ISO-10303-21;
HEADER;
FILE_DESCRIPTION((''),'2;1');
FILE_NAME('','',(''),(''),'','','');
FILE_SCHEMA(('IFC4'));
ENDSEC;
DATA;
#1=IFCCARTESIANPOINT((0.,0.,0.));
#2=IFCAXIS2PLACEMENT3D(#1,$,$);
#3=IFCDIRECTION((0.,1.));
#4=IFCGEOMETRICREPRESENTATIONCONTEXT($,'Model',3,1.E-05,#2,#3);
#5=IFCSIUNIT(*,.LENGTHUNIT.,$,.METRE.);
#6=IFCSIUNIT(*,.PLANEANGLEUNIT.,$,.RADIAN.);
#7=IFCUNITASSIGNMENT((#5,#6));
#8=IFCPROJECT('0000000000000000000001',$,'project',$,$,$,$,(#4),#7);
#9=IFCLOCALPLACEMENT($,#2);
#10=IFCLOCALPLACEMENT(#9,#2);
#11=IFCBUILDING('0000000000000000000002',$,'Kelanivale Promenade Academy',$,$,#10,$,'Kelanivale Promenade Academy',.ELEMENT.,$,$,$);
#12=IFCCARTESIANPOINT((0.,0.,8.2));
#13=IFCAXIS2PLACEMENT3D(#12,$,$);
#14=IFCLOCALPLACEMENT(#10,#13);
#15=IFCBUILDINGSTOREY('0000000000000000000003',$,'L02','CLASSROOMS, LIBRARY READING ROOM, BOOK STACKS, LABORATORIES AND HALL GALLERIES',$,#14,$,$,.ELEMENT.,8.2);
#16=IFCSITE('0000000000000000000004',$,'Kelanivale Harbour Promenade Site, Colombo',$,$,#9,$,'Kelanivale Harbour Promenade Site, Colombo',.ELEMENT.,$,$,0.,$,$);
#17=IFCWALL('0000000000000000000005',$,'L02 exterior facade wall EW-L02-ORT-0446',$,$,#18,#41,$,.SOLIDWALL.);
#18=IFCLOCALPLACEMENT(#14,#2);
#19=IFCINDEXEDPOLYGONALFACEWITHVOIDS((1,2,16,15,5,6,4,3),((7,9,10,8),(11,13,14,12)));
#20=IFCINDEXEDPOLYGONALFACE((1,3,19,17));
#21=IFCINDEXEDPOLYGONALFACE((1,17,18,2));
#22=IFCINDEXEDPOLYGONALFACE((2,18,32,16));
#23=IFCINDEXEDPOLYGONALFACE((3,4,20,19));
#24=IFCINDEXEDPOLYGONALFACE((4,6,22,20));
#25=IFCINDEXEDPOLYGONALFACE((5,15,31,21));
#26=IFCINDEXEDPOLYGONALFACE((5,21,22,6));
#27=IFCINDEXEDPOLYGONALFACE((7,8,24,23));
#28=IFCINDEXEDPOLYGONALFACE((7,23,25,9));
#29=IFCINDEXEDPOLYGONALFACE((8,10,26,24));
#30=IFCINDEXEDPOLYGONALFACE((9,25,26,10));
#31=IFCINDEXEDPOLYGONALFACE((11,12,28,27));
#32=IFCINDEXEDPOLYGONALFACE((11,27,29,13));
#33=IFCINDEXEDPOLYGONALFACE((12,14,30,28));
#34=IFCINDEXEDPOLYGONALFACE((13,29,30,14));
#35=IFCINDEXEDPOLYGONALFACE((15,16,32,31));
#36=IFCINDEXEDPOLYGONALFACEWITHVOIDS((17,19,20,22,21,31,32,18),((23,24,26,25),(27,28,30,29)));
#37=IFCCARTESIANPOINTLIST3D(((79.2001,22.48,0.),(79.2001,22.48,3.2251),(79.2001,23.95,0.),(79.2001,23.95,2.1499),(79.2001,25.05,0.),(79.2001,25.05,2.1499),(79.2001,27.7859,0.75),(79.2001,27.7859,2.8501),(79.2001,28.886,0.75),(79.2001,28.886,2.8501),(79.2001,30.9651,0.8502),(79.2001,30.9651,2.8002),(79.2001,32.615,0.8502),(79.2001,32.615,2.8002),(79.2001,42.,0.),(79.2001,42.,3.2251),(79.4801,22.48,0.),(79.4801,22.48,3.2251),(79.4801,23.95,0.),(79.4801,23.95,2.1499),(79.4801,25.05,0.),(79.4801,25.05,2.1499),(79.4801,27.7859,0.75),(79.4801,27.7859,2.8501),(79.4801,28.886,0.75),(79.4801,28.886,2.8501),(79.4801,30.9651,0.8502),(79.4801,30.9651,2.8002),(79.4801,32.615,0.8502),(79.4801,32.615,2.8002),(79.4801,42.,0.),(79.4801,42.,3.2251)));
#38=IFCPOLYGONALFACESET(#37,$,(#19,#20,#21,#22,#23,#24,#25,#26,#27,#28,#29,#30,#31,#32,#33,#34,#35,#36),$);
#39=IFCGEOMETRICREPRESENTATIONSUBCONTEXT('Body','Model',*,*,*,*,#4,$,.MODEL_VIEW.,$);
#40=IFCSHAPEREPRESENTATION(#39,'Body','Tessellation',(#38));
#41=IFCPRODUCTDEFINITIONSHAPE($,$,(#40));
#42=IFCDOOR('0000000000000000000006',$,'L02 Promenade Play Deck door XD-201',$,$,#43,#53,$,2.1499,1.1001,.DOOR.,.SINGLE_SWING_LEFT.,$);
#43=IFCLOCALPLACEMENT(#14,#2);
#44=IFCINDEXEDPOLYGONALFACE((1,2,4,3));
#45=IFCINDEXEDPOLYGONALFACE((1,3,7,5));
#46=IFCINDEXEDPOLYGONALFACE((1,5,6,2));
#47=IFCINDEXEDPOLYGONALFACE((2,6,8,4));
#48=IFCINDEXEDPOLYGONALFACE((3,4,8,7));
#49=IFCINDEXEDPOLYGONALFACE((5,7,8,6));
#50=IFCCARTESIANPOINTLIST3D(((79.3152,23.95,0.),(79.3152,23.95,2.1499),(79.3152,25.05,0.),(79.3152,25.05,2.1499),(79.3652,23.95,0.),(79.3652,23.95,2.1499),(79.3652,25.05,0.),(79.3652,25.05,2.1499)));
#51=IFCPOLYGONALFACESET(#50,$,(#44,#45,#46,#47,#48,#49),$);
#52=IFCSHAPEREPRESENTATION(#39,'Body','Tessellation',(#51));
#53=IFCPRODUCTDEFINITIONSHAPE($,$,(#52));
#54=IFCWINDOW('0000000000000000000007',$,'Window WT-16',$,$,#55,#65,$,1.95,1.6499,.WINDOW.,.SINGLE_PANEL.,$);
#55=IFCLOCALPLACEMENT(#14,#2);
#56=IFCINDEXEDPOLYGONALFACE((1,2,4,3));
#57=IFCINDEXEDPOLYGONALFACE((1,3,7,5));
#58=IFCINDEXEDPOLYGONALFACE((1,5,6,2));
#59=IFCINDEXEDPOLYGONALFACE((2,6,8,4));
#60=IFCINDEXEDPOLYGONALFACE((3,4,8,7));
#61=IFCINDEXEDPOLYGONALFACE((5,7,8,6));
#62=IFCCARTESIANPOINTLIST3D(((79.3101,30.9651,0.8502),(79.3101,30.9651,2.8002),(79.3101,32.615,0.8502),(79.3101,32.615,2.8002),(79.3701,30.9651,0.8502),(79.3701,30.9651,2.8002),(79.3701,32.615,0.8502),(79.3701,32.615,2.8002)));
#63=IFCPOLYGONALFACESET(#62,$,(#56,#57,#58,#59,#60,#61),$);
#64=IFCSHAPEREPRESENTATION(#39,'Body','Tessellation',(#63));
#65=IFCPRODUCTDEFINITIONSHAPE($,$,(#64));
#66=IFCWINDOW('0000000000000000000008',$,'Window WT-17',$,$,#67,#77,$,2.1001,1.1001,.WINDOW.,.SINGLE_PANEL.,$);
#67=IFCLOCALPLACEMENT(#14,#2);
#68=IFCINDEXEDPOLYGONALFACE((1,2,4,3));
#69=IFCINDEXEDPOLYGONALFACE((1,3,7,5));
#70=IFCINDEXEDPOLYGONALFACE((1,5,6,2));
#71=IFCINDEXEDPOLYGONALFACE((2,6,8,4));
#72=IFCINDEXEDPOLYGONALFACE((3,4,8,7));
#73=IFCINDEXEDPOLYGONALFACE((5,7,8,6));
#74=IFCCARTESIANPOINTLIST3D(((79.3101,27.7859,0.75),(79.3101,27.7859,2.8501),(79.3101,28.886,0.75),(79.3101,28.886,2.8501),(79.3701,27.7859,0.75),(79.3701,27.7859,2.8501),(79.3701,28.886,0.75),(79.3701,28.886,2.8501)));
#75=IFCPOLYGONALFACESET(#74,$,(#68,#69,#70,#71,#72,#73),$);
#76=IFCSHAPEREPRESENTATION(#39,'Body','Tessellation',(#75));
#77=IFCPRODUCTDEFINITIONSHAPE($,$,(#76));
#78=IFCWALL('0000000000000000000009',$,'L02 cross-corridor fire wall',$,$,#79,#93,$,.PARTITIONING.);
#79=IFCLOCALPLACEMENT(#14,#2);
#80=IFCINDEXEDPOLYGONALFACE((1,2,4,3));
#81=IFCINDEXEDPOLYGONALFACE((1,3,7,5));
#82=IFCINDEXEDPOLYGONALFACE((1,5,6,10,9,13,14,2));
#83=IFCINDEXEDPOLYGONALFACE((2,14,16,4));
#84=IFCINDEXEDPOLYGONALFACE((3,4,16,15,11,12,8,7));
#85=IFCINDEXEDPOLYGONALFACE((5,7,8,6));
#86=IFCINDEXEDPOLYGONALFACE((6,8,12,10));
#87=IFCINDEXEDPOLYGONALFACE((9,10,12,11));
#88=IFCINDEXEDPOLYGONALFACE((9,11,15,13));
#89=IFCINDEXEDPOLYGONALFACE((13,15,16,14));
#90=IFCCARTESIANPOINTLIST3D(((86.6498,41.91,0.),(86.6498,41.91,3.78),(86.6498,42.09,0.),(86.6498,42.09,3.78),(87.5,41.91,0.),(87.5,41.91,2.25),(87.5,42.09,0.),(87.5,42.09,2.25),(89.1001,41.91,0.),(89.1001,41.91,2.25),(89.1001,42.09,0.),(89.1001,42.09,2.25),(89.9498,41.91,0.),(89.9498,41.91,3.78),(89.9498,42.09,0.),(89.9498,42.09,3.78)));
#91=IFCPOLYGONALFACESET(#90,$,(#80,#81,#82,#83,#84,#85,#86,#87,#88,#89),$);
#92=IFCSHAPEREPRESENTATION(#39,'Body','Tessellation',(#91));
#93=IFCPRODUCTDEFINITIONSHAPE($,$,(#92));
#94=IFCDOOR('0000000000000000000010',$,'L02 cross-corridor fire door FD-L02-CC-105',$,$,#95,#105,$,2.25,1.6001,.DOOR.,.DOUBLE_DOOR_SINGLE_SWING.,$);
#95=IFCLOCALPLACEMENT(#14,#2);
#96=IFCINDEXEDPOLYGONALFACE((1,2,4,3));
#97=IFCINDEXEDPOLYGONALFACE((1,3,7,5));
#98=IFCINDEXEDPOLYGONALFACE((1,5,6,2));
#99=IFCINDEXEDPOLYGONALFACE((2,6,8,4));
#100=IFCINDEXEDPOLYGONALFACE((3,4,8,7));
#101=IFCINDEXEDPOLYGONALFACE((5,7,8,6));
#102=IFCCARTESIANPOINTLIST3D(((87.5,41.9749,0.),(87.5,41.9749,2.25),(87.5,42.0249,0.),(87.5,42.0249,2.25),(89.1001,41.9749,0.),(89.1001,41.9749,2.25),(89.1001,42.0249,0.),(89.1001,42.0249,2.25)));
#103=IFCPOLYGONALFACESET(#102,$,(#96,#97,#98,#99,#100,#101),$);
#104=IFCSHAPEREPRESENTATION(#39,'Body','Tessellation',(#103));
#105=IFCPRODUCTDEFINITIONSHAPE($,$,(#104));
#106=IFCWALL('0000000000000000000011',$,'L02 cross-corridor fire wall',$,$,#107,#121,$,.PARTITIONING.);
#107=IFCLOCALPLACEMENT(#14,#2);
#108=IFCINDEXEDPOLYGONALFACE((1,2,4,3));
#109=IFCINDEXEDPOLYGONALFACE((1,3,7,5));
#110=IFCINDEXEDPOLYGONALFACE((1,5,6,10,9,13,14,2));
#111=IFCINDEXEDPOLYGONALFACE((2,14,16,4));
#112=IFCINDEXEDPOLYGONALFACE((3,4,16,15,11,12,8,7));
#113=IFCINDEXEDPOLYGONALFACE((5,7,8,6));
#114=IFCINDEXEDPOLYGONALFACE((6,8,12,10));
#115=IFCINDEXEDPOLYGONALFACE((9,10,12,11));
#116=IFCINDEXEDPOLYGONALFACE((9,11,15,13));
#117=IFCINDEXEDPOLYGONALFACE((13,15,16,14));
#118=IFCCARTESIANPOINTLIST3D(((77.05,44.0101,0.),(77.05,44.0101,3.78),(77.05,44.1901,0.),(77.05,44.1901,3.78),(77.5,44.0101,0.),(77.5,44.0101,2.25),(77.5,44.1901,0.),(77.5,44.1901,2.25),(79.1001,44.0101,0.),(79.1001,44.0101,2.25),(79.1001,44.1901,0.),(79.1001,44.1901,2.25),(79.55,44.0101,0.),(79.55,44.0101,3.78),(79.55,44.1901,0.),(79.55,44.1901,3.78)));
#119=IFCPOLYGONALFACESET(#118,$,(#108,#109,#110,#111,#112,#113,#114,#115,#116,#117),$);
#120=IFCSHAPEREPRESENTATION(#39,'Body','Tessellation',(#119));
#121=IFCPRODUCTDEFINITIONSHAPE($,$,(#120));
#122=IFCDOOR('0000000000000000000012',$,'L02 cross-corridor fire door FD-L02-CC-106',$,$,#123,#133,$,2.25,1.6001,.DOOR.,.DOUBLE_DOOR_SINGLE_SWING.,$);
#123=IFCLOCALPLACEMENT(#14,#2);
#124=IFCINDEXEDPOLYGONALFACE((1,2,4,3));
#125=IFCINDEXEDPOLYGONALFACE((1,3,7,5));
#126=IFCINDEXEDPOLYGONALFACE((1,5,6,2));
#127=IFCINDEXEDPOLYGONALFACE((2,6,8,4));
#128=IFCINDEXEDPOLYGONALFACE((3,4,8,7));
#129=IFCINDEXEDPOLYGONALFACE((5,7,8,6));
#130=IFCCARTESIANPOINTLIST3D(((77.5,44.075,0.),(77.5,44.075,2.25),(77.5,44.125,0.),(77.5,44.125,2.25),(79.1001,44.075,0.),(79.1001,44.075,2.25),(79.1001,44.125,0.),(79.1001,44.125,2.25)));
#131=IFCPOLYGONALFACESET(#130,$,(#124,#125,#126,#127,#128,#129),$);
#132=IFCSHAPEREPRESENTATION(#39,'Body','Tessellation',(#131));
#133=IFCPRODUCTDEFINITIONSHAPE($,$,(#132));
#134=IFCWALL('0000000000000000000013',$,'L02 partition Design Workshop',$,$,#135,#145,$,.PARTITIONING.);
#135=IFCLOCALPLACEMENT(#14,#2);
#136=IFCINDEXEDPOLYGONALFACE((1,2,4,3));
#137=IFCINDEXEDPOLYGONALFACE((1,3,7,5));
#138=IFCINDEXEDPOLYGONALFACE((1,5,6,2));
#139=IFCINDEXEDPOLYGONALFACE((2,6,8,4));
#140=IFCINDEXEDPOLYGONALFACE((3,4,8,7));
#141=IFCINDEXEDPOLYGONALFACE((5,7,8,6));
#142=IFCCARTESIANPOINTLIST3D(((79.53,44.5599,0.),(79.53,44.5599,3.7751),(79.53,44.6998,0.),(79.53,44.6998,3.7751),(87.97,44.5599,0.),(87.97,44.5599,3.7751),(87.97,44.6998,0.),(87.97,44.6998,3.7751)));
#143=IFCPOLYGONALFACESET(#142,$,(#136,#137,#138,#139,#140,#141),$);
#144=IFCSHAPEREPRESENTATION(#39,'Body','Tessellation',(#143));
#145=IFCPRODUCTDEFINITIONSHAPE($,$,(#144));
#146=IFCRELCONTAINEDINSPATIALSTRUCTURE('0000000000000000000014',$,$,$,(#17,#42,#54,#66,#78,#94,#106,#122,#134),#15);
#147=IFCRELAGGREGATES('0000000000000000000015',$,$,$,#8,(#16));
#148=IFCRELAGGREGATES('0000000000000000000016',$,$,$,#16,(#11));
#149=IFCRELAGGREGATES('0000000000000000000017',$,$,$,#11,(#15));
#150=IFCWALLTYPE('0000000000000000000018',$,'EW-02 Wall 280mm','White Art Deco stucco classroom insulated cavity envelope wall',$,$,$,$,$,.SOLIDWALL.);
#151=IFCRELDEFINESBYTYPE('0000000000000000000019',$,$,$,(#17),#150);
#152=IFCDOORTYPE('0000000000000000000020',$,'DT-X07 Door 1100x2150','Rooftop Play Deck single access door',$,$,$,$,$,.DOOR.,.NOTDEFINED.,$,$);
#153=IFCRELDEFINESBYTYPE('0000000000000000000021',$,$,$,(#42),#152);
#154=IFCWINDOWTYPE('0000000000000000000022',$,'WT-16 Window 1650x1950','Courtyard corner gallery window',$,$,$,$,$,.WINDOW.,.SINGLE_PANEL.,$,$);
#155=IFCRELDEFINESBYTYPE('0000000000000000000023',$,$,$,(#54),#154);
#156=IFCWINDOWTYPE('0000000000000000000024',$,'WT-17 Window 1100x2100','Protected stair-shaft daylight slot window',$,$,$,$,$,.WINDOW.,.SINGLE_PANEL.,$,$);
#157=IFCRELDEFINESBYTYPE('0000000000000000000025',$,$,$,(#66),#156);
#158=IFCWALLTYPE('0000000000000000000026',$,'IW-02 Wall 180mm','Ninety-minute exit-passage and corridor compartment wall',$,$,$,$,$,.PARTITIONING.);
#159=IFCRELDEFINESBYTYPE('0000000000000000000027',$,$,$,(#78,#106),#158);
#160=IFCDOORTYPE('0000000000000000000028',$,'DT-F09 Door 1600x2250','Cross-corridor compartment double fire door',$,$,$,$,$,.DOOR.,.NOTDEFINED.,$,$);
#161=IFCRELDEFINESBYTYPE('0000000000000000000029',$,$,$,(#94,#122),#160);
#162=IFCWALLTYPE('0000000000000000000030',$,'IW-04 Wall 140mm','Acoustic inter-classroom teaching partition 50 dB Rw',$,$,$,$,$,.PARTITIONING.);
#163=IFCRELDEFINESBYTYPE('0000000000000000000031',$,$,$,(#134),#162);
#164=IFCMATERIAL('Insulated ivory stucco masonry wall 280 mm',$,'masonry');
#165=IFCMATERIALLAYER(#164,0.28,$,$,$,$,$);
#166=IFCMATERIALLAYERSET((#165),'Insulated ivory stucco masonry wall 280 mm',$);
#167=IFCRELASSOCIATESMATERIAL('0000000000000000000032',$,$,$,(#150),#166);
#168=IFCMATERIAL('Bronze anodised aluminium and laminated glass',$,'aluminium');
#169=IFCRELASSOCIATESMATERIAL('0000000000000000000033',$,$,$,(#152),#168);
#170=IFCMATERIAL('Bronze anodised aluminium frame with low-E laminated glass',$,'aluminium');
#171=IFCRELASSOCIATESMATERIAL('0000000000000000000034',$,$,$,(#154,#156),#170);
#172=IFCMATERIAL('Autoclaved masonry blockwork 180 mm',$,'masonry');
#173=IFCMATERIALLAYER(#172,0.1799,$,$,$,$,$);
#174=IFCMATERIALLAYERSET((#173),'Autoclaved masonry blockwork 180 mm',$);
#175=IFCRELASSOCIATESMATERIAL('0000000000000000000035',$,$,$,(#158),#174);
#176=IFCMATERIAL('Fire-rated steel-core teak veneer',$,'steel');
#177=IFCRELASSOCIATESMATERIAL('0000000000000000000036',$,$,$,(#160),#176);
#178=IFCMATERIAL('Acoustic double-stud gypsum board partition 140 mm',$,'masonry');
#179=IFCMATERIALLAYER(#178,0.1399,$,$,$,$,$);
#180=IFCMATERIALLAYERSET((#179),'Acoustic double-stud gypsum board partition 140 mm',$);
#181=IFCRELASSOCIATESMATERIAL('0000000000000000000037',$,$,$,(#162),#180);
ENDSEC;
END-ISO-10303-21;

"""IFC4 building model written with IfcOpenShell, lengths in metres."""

from ifc_helpers import new_model, si_unit, direction, frame, frame_2d, origin, place, context, subcontext, project, spatial, rectangle, extrude, material, layer, layer_set, type_object, element, fill, save


model = new_model("IFC4")

# Units and contexts
model_context = context("Model", 3, precision=1e-05, world=origin(), true_north=direction((0.0, 1.0)))
body_context = subcontext(model_context, "Body", "Model", "MODEL_VIEW")
ifc_project = project(units=[si_unit("LENGTHUNIT", "METRE"), si_unit("PLANEANGLEUNIT", "RADIAN")], contexts=[model_context])

# Site, building, storey
site_placement = place(None, origin())
site = spatial("IfcSite", under=ifc_project, at=site_placement, Name="Kelanivale Harbour Promenade Site, Colombo", LongName="Kelanivale Harbour Promenade Site, Colombo", CompositionType="ELEMENT", RefElevation=0.0)
building_placement = place(site_placement, origin())
building = spatial("IfcBuilding", under=site, at=building_placement, Name="Kelanivale Promenade Academy", LongName="Kelanivale Promenade Academy", CompositionType="ELEMENT")
storey_placement = place(building_placement, frame((0.0, 0.0, 8.2)))
storey = spatial("IfcBuildingStorey", under=building, at=storey_placement, Name="L02", Description="CLASSROOMS, LIBRARY READING ROOM, BOOK STACKS, LABORATORIES AND HALL GALLERIES", CompositionType="ELEMENT", Elevation=8.2)

# Shared definitions
ifc_material_1 = material(Name="Fire-rated steel-core teak veneer", Category="steel")

# Shared definitions
ifc_material_2 = material(Name="Insulated ivory stucco masonry wall 280 mm", Category="masonry")
ifc_layer_1 = layer(ifc_material_2, 0.28)
ifc_layer_set_1 = layer_set([ifc_layer_1], Name="Insulated ivory stucco masonry wall 280 mm")
wall_type_1 = type_object("IfcWallType", Name="EW-02 Wall 280mm", Description="White Art Deco stucco classroom insulated cavity envelope wall", PredefinedType="SOLIDWALL", material=ifc_layer_set_1)
ifc_material_3 = material(Name="Bronze anodised aluminium frame with low-E laminated glass", Category="aluminium")

# Wall, openings, door, windows
wall_1_placement = place(storey_placement, frame((79.3401, 42.0, 0.0), z_axis=(0.0, 0.0, 1.0), x_axis=(0.0, -1.0, 0.0)))
wall_1 = element("IfcWall", 1, at=wall_1_placement, inside=storey, type_object=wall_type_1, Name="L02 exterior facade wall EW-L02-ORT-0446", PredefinedType="SOLIDWALL", context=body_context, shape_type="SweptSolid", body=[
    extrude(rectangle(XDim=19.52, YDim=0.28, at=frame_2d((9.76, 0.0))), origin(), (0.0, 0.0, 1.0), 3.2251),
])
opening_1_placement = place(wall_1_placement, frame((16.95, 0.0, 0.0)))
opening_1 = element("IfcOpeningElement", 2, at=opening_1_placement, cuts=wall_1, PredefinedType="OPENING", context=body_context, shape_type="SweptSolid", body=[
    extrude(rectangle(XDim=1.1001, YDim=2.1499, at=frame_2d((0.55, 1.075))), frame((0.0, 0.1499, 0.0), z_axis=(0.0, -1.0, 0.0), x_axis=(1.0, 0.0, 0.0)), (0.0, 0.0, 1.0), 0.3),
])
opening_2_placement = place(wall_1_placement, frame((9.385, 0.0, 0.8501)))
opening_2 = element("IfcOpeningElement", 3, at=opening_2_placement, cuts=wall_1, PredefinedType="OPENING", context=body_context, shape_type="SweptSolid", body=[
    extrude(rectangle(XDim=1.6499, YDim=1.95, at=frame_2d((0.825, 0.9751))), frame((0.0, 0.1499, 0.0), z_axis=(0.0, -1.0, 0.0), x_axis=(1.0, 0.0, 0.0)), (0.0, 0.0, 1.0), 0.3),
])
opening_3_placement = place(wall_1_placement, frame((13.114, 0.0, 0.75)))
opening_3 = element("IfcOpeningElement", 4, at=opening_3_placement, cuts=wall_1, PredefinedType="OPENING", context=body_context, shape_type="SweptSolid", body=[
    extrude(rectangle(XDim=1.1001, YDim=2.1001, at=frame_2d((0.55, 1.05))), frame((0.0, 0.1499, 0.0), z_axis=(0.0, -1.0, 0.0), x_axis=(1.0, 0.0, 0.0)), (0.0, 0.0, 1.0), 0.3),
])
ifc_material_4 = material(Name="Bronze anodised aluminium and laminated glass", Category="aluminium")
door_type_1 = type_object("IfcDoorType", Name="DT-X07 Door 1100x2150", Description="Rooftop Play Deck single access door", OperationType="NOTDEFINED", PredefinedType="DOOR", material=ifc_material_4)
door_1_placement = place(opening_1_placement, frame((1.1001, 0.0, 0.0), z_axis=(0.0, 0.0, 1.0), x_axis=(-1.0, 0.0, 0.0)))
door_1 = element("IfcDoor", 5, at=door_1_placement, inside=storey, type_object=door_type_1, Name="L02 Promenade Play Deck door XD-201", OperationType="SINGLE_SWING_LEFT", OverallHeight=2.1499, OverallWidth=1.1001, PredefinedType="DOOR", context=body_context, shape_type="SweptSolid", body=[
    extrude(rectangle(XDim=1.1001, YDim=2.1499, at=frame_2d((0.55, 1.075))), frame((0.0, 0.0249, 0.0), z_axis=(0.0, -1.0, 0.0), x_axis=(1.0, 0.0, 0.0)), (0.0, 0.0, 1.0), 0.05),
])
fill(opening_1, door_1)
window_type_1 = type_object("IfcWindowType", Name="WT-16 Window 1650x1950", Description="Courtyard corner gallery window", PartitioningType="SINGLE_PANEL", PredefinedType="WINDOW", material=ifc_material_3)
window_1_placement = place(opening_2_placement, origin())
window_1 = element("IfcWindow", 6, at=window_1_placement, inside=storey, type_object=window_type_1, Name="Window WT-16", OverallHeight=1.95, OverallWidth=1.6499, PartitioningType="SINGLE_PANEL", PredefinedType="WINDOW", context=body_context, shape_type="SweptSolid", body=[
    extrude(rectangle(XDim=1.6499, YDim=1.95, at=frame_2d((0.825, 0.9751))), frame((0.0, 0.03, 0.0), z_axis=(0.0, -1.0, 0.0), x_axis=(1.0, 0.0, 0.0)), (0.0, 0.0, 1.0), 0.0601),
])
fill(opening_2, window_1)
window_type_2 = type_object("IfcWindowType", Name="WT-17 Window 1100x2100", Description="Protected stair-shaft daylight slot window", PartitioningType="SINGLE_PANEL", PredefinedType="WINDOW", material=ifc_material_3)
window_2_placement = place(opening_3_placement, origin())
window_2 = element("IfcWindow", 7, at=window_2_placement, inside=storey, type_object=window_type_2, Name="Window WT-17", OverallHeight=2.1001, OverallWidth=1.1001, PartitioningType="SINGLE_PANEL", PredefinedType="WINDOW", context=body_context, shape_type="SweptSolid", body=[
    extrude(rectangle(XDim=1.1001, YDim=2.1001, at=frame_2d((0.55, 1.05))), frame((0.0, 0.03, 0.0), z_axis=(0.0, -1.0, 0.0), x_axis=(1.0, 0.0, 0.0)), (0.0, 0.0, 1.0), 0.0601),
])
fill(opening_3, window_2)

# Walls, openings, doors
ifc_material_5 = material(Name="Autoclaved masonry blockwork 180 mm", Category="masonry")
ifc_layer_2 = layer(ifc_material_5, 0.1799)
ifc_layer_set_2 = layer_set([ifc_layer_2], Name="Autoclaved masonry blockwork 180 mm")
wall_type_2 = type_object("IfcWallType", Name="IW-02 Wall 180mm", Description="Ninety-minute exit-passage and corridor compartment wall", PredefinedType="PARTITIONING", material=ifc_layer_set_2)
wall_2_placement = place(storey_placement, frame((86.6499, 42.0, 0.0), z_axis=(0.0, 0.0, 1.0), x_axis=(1.0, 0.0, 0.0)))
wall_2 = element("IfcWall", 8, at=wall_2_placement, inside=storey, type_object=wall_type_2, Name="L02 cross-corridor fire wall", PredefinedType="PARTITIONING", context=body_context, shape_type="SweptSolid", body=[
    extrude(rectangle(XDim=3.3, YDim=0.1799, at=frame_2d((1.6499, 0.0))), origin(), (0.0, 0.0, 1.0), 3.78),
])
opening_4_placement = place(wall_2_placement, frame((0.8501, 0.0, 0.0)))
opening_4 = element("IfcOpeningElement", 9, at=opening_4_placement, cuts=wall_2, PredefinedType="OPENING", context=body_context, shape_type="SweptSolid", body=[
    extrude(rectangle(XDim=1.6001, YDim=2.25, at=frame_2d((0.8, 1.125))), frame((0.0, 0.1001, 0.0), z_axis=(0.0, -1.0, 0.0), x_axis=(1.0, 0.0, 0.0)), (0.0, 0.0, 1.0), 0.2),
])
door_type_2 = type_object("IfcDoorType", Name="DT-F09 Door 1600x2250", Description="Cross-corridor compartment double fire door", OperationType="NOTDEFINED", PredefinedType="DOOR", material=ifc_material_1)
door_2_placement = place(opening_4_placement, origin())
door_2 = element("IfcDoor", 10, at=door_2_placement, inside=storey, type_object=door_type_2, Name="L02 cross-corridor fire door FD-L02-CC-105", OperationType="DOUBLE_DOOR_SINGLE_SWING", OverallHeight=2.25, OverallWidth=1.6001, PredefinedType="DOOR", context=body_context, shape_type="SweptSolid", body=[
    extrude(rectangle(XDim=1.6001, YDim=2.25, at=frame_2d((0.8, 1.125))), frame((0.0, 0.0249, 0.0), z_axis=(0.0, -1.0, 0.0), x_axis=(1.0, 0.0, 0.0)), (0.0, 0.0, 1.0), 0.05),
])
fill(opening_4, door_2)
wall_3_placement = place(storey_placement, frame((77.05, 44.1001, 0.0), z_axis=(0.0, 0.0, 1.0), x_axis=(1.0, 0.0, 0.0)))
wall_3 = element("IfcWall", 11, at=wall_3_placement, inside=storey, type_object=wall_type_2, Name="L02 cross-corridor fire wall", PredefinedType="PARTITIONING", context=body_context, shape_type="SweptSolid", body=[
    extrude(rectangle(XDim=2.5, YDim=0.1799, at=frame_2d((1.25, 0.0))), origin(), (0.0, 0.0, 1.0), 3.78),
])
opening_5_placement = place(wall_3_placement, frame((0.45, 0.0, 0.0)))
opening_5 = element("IfcOpeningElement", 12, at=opening_5_placement, cuts=wall_3, PredefinedType="OPENING", context=body_context, shape_type="SweptSolid", body=[
    extrude(rectangle(XDim=1.6001, YDim=2.25, at=frame_2d((0.8, 1.125))), frame((0.0, 0.1001, 0.0), z_axis=(0.0, -1.0, 0.0), x_axis=(1.0, 0.0, 0.0)), (0.0, 0.0, 1.0), 0.2),
])
door_3_placement = place(opening_5_placement, origin())
door_3 = element("IfcDoor", 13, at=door_3_placement, inside=storey, type_object=door_type_2, Name="L02 cross-corridor fire door FD-L02-CC-106", OperationType="DOUBLE_DOOR_SINGLE_SWING", OverallHeight=2.25, OverallWidth=1.6001, PredefinedType="DOOR", context=body_context, shape_type="SweptSolid", body=[
    extrude(rectangle(XDim=1.6001, YDim=2.25, at=frame_2d((0.8, 1.125))), frame((0.0, 0.0249, 0.0), z_axis=(0.0, -1.0, 0.0), x_axis=(1.0, 0.0, 0.0)), (0.0, 0.0, 1.0), 0.05),
])
fill(opening_5, door_3)

# Wall
ifc_material_6 = material(Name="Acoustic double-stud gypsum board partition 140 mm", Category="masonry")
ifc_layer_3 = layer(ifc_material_6, 0.1399)
ifc_layer_set_3 = layer_set([ifc_layer_3], Name="Acoustic double-stud gypsum board partition 140 mm")
wall_type_3 = type_object("IfcWallType", Name="IW-04 Wall 140mm", Description="Acoustic inter-classroom teaching partition 50 dB Rw", PredefinedType="PARTITIONING", material=ifc_layer_set_3)
wall_4_placement = place(storey_placement, frame((79.53, 44.6299, 0.0), z_axis=(0.0, 0.0, 1.0), x_axis=(1.0, 0.0, 0.0)))
element("IfcWall", 14, at=wall_4_placement, inside=storey, type_object=wall_type_3, Name="L02 partition Design Workshop", PredefinedType="PARTITIONING", context=body_context, shape_type="SweptSolid", body=[
    extrude(rectangle(XDim=8.4399, YDim=0.1399, at=frame_2d((4.22, 0.0))), origin(), (0.0, 0.0, 1.0), 3.7751),
])

save(model, "model.ifc")
